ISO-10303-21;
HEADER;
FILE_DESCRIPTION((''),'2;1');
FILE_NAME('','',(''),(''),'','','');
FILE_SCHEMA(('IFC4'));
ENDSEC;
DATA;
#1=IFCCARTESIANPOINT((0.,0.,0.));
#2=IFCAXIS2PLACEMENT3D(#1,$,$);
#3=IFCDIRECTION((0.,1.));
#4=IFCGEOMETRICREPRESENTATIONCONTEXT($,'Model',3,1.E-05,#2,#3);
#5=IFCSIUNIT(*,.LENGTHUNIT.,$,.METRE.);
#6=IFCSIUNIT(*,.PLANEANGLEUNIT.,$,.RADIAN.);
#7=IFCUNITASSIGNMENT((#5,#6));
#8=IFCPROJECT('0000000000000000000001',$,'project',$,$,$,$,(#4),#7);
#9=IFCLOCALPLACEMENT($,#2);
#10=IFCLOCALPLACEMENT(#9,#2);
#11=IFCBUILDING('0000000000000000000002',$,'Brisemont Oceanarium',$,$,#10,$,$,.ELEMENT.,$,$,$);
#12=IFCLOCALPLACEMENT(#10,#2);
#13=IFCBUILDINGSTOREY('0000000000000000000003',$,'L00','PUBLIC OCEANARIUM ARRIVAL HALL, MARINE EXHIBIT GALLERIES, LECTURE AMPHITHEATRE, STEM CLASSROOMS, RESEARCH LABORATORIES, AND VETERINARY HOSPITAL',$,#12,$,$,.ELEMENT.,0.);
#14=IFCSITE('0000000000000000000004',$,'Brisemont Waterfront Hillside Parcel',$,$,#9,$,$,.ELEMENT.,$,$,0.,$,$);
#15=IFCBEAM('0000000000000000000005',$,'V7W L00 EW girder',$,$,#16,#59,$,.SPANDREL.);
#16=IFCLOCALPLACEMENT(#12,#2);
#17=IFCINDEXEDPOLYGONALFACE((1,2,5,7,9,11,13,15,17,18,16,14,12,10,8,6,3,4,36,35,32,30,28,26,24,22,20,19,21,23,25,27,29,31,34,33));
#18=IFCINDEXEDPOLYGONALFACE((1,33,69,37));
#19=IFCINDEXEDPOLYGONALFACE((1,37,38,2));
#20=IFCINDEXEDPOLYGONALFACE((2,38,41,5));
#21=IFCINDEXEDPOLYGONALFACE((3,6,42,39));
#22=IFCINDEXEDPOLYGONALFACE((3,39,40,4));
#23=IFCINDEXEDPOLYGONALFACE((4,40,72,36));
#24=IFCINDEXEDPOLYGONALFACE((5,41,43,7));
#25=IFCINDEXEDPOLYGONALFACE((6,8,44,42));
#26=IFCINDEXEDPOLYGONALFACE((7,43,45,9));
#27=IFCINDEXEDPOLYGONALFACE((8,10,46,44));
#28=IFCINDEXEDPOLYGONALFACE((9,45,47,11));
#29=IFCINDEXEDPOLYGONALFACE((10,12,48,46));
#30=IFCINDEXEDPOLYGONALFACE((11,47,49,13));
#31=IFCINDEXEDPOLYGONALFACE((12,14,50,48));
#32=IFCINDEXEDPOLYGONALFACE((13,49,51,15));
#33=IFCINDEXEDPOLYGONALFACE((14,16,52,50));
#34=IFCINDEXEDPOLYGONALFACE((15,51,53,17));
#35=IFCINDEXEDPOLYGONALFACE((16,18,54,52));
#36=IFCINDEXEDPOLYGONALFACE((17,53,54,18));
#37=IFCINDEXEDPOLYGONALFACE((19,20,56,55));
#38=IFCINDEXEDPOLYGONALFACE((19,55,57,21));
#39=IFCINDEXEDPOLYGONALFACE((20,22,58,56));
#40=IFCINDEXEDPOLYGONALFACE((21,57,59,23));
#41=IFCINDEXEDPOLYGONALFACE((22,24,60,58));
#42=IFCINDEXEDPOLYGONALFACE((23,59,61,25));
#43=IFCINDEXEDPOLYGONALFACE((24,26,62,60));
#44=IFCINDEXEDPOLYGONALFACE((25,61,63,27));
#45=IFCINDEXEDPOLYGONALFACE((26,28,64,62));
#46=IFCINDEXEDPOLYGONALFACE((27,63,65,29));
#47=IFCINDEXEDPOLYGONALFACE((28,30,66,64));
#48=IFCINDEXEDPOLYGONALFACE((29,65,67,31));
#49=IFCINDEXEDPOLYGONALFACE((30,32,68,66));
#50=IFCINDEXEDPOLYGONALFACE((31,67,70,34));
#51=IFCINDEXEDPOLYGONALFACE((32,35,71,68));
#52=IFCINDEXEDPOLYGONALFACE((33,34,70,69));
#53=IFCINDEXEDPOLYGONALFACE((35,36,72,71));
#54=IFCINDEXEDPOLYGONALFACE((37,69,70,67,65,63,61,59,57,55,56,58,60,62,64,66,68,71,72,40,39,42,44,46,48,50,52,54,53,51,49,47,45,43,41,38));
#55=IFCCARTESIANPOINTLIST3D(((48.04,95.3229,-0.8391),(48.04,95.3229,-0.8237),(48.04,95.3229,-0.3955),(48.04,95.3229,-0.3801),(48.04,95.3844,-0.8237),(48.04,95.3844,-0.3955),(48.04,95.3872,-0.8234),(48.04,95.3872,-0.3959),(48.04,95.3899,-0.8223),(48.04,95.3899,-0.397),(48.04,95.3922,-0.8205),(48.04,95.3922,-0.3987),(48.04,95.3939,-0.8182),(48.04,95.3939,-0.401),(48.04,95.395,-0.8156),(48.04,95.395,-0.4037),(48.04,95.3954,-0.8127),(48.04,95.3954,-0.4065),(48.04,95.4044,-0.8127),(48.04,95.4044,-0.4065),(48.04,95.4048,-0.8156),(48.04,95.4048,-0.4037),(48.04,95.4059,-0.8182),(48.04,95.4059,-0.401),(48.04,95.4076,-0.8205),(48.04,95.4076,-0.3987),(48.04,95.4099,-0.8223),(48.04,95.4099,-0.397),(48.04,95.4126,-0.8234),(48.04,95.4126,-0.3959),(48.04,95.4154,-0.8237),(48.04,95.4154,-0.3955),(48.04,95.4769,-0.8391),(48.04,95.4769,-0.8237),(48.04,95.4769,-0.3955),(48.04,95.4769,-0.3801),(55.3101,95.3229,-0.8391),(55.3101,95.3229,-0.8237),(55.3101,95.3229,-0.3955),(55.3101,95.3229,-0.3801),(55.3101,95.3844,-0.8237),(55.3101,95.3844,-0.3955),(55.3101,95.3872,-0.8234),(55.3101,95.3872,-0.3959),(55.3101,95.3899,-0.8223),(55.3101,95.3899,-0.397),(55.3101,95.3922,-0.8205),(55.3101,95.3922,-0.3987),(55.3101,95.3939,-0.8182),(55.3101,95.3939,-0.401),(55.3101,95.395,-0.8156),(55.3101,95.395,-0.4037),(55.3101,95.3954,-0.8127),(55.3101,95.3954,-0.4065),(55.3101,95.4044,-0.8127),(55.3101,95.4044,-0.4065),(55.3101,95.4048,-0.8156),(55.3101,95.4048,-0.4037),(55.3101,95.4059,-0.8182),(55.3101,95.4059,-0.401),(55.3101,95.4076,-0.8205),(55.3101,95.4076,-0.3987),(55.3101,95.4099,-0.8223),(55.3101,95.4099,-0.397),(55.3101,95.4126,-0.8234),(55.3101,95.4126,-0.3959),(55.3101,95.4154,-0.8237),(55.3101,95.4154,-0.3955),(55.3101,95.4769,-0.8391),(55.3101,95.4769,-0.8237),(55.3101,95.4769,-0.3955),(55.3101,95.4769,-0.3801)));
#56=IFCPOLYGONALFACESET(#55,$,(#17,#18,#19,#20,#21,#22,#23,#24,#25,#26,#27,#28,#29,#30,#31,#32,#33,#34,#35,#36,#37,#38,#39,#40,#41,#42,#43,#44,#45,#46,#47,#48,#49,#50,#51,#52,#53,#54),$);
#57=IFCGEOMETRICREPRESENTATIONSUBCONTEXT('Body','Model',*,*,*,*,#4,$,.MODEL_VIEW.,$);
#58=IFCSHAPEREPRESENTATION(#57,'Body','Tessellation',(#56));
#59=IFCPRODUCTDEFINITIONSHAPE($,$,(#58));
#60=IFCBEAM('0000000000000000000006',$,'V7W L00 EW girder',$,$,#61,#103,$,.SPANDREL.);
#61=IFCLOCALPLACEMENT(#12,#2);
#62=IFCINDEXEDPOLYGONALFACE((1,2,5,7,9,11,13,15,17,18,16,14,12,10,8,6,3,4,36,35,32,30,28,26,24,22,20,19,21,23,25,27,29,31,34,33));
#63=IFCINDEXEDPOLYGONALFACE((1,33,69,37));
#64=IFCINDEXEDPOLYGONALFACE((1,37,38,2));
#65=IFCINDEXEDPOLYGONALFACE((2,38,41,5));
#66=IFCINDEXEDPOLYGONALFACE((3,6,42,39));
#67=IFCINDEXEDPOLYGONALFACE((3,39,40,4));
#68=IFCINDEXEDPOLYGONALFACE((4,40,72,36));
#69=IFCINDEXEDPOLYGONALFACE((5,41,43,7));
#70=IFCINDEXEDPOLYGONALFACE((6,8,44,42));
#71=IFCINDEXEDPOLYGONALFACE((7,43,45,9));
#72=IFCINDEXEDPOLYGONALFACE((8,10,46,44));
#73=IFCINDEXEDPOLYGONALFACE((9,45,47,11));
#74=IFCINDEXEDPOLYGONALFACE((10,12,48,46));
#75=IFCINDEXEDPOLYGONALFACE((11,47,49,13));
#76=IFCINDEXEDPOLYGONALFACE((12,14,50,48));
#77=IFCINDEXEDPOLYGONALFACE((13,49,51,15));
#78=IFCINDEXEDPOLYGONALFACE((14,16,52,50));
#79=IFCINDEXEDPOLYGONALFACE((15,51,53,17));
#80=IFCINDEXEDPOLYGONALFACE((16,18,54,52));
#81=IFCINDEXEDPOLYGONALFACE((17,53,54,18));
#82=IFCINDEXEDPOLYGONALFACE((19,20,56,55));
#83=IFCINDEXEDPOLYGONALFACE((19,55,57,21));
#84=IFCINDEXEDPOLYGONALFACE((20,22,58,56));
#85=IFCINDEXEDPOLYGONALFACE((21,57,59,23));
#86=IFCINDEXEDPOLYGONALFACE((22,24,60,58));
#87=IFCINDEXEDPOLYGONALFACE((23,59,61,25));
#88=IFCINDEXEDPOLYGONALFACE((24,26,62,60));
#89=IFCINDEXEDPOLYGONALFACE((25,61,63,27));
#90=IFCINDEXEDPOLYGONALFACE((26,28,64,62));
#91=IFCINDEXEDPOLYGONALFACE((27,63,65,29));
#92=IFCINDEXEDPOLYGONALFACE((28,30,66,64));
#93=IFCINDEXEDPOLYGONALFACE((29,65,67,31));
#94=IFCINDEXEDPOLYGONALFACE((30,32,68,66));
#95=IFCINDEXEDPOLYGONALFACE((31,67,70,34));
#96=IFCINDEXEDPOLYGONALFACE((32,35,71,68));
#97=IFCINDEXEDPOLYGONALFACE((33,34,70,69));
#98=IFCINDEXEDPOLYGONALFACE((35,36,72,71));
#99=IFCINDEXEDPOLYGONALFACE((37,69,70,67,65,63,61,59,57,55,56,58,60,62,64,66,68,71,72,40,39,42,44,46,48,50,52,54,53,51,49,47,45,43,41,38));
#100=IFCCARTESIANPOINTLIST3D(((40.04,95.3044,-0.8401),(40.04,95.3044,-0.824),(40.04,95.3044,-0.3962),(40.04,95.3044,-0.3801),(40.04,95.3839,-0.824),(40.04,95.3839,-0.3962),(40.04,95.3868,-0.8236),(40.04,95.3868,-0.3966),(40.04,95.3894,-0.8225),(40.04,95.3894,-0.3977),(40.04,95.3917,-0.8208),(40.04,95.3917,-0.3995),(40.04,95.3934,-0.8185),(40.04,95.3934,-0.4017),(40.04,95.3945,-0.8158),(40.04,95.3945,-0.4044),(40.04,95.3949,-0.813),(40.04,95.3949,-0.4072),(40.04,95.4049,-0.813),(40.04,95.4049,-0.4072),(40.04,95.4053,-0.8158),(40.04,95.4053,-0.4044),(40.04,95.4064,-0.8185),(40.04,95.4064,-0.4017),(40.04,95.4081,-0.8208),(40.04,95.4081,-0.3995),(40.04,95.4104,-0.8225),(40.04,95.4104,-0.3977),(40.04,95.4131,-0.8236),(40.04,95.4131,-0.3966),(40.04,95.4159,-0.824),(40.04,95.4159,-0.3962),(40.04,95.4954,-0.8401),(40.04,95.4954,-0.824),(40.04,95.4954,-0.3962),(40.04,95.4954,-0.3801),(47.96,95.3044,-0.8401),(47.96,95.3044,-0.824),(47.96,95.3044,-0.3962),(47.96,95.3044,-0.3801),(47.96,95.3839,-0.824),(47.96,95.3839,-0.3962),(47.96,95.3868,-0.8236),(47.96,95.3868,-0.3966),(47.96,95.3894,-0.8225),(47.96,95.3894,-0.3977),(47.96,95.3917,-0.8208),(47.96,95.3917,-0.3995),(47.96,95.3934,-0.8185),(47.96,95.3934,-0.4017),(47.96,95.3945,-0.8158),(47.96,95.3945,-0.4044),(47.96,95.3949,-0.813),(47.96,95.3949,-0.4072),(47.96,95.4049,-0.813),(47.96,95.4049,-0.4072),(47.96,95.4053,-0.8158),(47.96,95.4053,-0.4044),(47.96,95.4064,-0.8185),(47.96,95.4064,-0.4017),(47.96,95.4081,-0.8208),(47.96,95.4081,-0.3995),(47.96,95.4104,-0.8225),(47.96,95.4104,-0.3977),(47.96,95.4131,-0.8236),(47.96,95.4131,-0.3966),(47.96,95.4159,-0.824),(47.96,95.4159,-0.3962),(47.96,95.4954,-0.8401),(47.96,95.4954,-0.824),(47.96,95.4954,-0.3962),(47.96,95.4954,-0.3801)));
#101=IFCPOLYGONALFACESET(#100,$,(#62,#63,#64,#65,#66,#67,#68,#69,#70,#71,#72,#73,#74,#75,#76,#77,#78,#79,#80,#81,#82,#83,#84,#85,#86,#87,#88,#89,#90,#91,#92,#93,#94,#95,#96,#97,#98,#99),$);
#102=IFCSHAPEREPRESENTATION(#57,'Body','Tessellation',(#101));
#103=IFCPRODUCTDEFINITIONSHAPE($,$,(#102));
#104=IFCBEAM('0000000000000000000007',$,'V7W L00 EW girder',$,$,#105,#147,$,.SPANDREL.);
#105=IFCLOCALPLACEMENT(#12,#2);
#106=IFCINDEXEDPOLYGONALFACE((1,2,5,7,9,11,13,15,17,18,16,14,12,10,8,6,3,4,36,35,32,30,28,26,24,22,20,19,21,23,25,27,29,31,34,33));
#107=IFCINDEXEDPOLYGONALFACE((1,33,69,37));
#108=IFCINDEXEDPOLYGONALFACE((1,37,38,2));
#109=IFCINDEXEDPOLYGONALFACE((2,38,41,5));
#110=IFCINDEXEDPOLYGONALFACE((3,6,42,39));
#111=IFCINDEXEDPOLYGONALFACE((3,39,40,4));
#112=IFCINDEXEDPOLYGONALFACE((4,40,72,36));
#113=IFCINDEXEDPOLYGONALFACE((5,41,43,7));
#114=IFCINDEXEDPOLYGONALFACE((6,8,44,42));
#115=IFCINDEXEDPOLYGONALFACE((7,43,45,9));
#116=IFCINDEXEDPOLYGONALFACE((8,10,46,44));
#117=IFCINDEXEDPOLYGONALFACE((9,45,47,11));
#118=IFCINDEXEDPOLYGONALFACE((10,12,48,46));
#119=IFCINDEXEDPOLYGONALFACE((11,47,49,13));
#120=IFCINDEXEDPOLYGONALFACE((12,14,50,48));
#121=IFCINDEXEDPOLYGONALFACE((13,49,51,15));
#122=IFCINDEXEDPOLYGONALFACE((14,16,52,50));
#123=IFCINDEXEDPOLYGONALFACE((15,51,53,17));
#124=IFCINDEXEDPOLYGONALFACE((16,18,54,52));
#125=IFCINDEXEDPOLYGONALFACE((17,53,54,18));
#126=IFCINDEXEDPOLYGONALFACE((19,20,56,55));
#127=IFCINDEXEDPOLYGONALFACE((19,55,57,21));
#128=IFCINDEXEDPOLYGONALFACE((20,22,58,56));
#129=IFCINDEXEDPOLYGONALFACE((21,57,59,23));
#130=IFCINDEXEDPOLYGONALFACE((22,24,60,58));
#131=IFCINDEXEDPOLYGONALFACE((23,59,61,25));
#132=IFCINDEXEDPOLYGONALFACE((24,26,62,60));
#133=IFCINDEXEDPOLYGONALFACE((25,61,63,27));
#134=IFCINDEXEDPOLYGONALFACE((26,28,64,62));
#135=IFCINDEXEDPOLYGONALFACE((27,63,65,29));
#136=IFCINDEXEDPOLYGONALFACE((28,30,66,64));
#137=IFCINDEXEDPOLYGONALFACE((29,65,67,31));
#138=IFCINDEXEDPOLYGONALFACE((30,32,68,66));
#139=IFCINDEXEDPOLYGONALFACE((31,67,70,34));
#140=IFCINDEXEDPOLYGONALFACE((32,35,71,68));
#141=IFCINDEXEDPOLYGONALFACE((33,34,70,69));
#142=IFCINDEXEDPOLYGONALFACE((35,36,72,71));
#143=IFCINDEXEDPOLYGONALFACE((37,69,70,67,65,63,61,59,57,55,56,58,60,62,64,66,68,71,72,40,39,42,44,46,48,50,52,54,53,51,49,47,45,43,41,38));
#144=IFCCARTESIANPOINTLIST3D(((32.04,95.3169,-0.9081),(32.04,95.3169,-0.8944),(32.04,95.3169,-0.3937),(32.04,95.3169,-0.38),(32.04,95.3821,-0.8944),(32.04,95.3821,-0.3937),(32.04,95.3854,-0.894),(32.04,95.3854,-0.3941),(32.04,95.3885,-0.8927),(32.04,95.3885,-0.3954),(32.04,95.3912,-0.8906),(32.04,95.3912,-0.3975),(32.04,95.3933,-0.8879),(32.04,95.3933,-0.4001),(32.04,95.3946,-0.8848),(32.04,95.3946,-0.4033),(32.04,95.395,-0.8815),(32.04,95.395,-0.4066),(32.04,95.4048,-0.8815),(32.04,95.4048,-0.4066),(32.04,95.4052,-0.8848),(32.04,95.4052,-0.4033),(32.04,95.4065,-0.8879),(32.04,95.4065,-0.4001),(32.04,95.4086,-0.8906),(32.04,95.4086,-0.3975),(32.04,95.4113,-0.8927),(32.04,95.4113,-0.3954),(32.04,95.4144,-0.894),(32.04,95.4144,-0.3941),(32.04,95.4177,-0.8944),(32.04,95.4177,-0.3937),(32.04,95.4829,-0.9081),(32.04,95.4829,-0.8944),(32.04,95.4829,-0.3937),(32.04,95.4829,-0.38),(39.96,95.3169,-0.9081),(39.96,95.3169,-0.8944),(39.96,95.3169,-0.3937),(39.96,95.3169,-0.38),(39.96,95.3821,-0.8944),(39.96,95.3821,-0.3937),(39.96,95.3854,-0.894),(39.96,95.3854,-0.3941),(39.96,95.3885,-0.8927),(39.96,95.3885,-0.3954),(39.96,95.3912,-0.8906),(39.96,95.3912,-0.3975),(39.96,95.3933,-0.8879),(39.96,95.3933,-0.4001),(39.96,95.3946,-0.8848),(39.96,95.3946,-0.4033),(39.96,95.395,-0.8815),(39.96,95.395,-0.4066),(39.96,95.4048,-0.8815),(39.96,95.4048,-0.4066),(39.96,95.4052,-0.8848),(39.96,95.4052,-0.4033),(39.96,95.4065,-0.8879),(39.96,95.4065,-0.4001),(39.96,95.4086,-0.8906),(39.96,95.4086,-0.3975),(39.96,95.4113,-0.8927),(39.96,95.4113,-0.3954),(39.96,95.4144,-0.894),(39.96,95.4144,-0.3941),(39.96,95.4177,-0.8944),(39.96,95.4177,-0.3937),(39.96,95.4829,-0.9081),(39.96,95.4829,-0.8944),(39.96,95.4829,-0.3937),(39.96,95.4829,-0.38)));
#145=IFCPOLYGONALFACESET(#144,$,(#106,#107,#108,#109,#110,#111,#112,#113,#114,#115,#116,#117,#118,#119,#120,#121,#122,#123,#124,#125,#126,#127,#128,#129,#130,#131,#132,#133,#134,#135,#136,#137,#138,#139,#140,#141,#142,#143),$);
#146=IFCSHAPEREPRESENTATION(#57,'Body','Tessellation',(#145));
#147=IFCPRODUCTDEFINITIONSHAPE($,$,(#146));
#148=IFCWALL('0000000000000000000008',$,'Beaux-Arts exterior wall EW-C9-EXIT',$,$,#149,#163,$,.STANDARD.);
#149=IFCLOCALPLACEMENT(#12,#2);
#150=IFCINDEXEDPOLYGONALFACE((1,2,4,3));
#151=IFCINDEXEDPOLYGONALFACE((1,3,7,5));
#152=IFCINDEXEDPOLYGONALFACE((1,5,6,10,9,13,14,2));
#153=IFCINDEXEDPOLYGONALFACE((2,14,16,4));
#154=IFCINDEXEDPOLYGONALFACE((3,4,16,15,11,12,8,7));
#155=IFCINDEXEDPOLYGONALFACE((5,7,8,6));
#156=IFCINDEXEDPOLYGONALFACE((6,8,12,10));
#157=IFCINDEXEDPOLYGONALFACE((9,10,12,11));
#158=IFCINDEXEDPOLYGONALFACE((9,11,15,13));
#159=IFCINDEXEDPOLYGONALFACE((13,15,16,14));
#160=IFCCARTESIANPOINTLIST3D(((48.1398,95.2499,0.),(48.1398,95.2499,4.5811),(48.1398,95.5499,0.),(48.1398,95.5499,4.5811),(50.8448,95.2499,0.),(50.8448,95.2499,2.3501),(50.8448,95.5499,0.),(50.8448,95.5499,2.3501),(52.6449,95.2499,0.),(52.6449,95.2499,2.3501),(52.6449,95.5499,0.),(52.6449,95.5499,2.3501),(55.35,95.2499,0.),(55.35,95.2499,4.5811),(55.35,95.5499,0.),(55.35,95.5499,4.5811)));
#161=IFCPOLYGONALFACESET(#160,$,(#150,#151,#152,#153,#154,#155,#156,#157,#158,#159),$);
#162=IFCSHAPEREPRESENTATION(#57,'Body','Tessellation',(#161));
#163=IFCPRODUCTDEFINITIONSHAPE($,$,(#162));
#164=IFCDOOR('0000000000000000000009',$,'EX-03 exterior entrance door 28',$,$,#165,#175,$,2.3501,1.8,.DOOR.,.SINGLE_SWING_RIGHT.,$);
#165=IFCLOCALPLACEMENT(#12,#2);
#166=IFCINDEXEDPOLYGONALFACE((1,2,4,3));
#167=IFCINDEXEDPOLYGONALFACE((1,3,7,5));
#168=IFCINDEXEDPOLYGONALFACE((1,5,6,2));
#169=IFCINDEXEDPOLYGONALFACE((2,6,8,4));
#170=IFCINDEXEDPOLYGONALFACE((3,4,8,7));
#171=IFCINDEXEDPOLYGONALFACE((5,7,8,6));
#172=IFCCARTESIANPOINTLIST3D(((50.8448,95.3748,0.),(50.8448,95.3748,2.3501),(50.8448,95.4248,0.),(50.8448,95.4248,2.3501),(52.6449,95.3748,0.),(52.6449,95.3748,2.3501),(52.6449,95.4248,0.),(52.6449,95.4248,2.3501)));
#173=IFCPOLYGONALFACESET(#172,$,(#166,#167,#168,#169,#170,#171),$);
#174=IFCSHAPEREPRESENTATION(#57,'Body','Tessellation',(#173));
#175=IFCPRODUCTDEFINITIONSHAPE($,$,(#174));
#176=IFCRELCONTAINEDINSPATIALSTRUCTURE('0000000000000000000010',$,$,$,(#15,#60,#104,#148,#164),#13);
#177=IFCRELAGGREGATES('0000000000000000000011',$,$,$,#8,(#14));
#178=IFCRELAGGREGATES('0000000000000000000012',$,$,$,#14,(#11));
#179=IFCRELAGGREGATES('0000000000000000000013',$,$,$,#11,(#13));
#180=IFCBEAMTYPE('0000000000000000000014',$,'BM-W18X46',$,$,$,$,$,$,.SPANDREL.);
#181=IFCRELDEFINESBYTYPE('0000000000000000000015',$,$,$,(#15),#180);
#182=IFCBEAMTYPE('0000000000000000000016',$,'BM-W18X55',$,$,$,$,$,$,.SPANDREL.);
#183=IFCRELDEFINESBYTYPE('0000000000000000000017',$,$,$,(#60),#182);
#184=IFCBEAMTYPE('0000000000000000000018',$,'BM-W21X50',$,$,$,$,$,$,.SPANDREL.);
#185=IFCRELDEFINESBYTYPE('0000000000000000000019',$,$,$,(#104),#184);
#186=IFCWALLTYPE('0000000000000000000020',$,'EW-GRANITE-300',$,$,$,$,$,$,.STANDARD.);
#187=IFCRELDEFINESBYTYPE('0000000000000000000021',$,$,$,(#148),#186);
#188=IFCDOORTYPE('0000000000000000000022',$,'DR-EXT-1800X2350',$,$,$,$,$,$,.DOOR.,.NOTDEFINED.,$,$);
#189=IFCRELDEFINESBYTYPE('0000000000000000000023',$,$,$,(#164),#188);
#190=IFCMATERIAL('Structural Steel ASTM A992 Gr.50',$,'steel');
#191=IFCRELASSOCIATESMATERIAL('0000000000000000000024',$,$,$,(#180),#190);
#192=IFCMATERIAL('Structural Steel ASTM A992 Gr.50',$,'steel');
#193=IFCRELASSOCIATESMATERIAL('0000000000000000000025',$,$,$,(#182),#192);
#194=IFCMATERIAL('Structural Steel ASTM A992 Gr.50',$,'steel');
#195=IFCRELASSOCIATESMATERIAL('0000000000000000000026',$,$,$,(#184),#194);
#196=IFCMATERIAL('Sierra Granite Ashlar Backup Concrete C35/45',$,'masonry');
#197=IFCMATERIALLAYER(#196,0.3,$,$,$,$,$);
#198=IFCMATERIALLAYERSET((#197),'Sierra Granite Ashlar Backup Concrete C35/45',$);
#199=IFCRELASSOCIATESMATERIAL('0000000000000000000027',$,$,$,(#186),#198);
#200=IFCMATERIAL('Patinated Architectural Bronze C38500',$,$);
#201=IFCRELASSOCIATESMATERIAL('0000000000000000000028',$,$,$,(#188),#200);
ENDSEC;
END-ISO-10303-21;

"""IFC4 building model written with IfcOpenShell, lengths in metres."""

from ifc_helpers import new_model, si_unit, direction, frame, frame_2d, origin, origin_2d, place, context, subcontext, project, spatial, rectangle, i_section, extrude, material, layer, layer_set, material_profile, profile_set, type_object, element, fill, save


model = new_model("IFC4")

# Units and contexts
model_context = context("Model", 3, precision=1e-05, world=origin(), true_north=direction((0.0, 1.0)))
body_context = subcontext(model_context, "Body", "Model", "MODEL_VIEW")
ifc_project = project(units=[si_unit("LENGTHUNIT", "METRE"), si_unit("PLANEANGLEUNIT", "RADIAN")], contexts=[model_context])

# Site, building, storey
site_placement = place(None, origin())
site = spatial("IfcSite", under=ifc_project, at=site_placement, Name="Brisemont Waterfront Hillside Parcel", CompositionType="ELEMENT", RefElevation=0.0)
building_placement = place(site_placement, origin())
building = spatial("IfcBuilding", under=site, at=building_placement, Name="Brisemont Oceanarium", CompositionType="ELEMENT")
storey_placement = place(building_placement, origin())
storey = spatial("IfcBuildingStorey", under=building, at=storey_placement, Name="L00", Description="PUBLIC OCEANARIUM ARRIVAL HALL, MARINE EXHIBIT GALLERIES, LECTURE AMPHITHEATRE, STEM CLASSROOMS, RESEARCH LABORATORIES, AND VETERINARY HOSPITAL", CompositionType="ELEMENT", Elevation=0.0)

# Beams
ifc_material_1 = material(Name="Structural Steel ASTM A992 Gr.50", Category="steel")
ifc_material_profile_1 = material_profile(ifc_material_1, i_section(OverallWidth=0.1541, OverallDepth=0.459, WebThickness=0.009, FlangeThickness=0.0154, FilletRadius=0.011, at=origin_2d()), Name="W18X46")
ifc_profile_set_1 = profile_set([ifc_material_profile_1], Name="Structural Steel ASTM A992 Gr.50")
beam_type_1 = type_object("IfcBeamType", Name="BM-W18X46", PredefinedType="SPANDREL", material=ifc_profile_set_1)
beam_1_placement = place(storey_placement, frame((48.04, 95.3999, -0.6096), z_axis=(1.0, 0.0, 0.0), x_axis=(0.0, 1.0, 0.0)))
element("IfcBeam", 1, at=beam_1_placement, inside=storey, type_object=beam_type_1, Name="V7W L00 EW girder", PredefinedType="SPANDREL", context=body_context, shape_type="SweptSolid", body=[
    extrude(i_section(OverallWidth=0.1541, OverallDepth=0.459, WebThickness=0.009, FlangeThickness=0.0154, FilletRadius=0.011, at=origin_2d()), origin(), (0.0, 0.0, 1.0), 7.27),
])
ifc_material_2 = material(Name="Structural Steel ASTM A992 Gr.50", Category="steel")
ifc_material_profile_2 = material_profile(ifc_material_2, i_section(OverallWidth=0.1909, OverallDepth=0.46, WebThickness=0.01, FlangeThickness=0.0161, FilletRadius=0.011, at=origin_2d()), Name="W18X55")
ifc_profile_set_2 = profile_set([ifc_material_profile_2], Name="Structural Steel ASTM A992 Gr.50")
beam_type_2 = type_object("IfcBeamType", Name="BM-W18X55", PredefinedType="SPANDREL", material=ifc_profile_set_2)
beam_2_placement = place(storey_placement, frame((40.04, 95.3999, -0.6101), z_axis=(1.0, 0.0, 0.0), x_axis=(0.0, 1.0, 0.0)))
element("IfcBeam", 2, at=beam_2_placement, inside=storey, type_object=beam_type_2, Name="V7W L00 EW girder", PredefinedType="SPANDREL", context=body_context, shape_type="SweptSolid", body=[
    extrude(i_section(OverallWidth=0.1909, OverallDepth=0.46, WebThickness=0.01, FlangeThickness=0.0161, FilletRadius=0.011, at=origin_2d()), origin(), (0.0, 0.0, 1.0), 7.9199),
])
ifc_material_3 = material(Name="Structural Steel ASTM A992 Gr.50", Category="steel")
ifc_material_profile_3 = material_profile(ifc_material_3, i_section(OverallWidth=0.166, OverallDepth=0.5281, WebThickness=0.0098, FlangeThickness=0.0137, FilletRadius=0.0129, at=origin_2d()), Name="W21X50")
ifc_profile_set_3 = profile_set([ifc_material_profile_3], Name="Structural Steel ASTM A992 Gr.50")
beam_type_3 = type_object("IfcBeamType", Name="BM-W21X50", PredefinedType="SPANDREL", material=ifc_profile_set_3)
beam_3_placement = place(storey_placement, frame((32.04, 95.3999, -0.644), z_axis=(1.0, 0.0, 0.0), x_axis=(0.0, 1.0, 0.0)))
element("IfcBeam", 3, at=beam_3_placement, inside=storey, type_object=beam_type_3, Name="V7W L00 EW girder", PredefinedType="SPANDREL", context=body_context, shape_type="SweptSolid", body=[
    extrude(i_section(OverallWidth=0.166, OverallDepth=0.5281, WebThickness=0.0098, FlangeThickness=0.0137, FilletRadius=0.0129, at=origin_2d()), origin(), (0.0, 0.0, 1.0), 7.9199),
])

# Wall, opening, door
ifc_material_4 = material(Name="Sierra Granite Ashlar Backup Concrete C35/45", Category="masonry")
ifc_layer_1 = layer(ifc_material_4, 0.3)
ifc_layer_set_1 = layer_set([ifc_layer_1], Name="Sierra Granite Ashlar Backup Concrete C35/45")
wall_type_1 = type_object("IfcWallType", Name="EW-GRANITE-300", PredefinedType="STANDARD", material=ifc_layer_set_1)
wall_1_placement = place(storey_placement, frame((48.1399, 95.3999, 0.0), z_axis=(0.0, 0.0, 1.0), x_axis=(1.0, 0.0, 0.0)))
wall_1 = element("IfcWall", 4, at=wall_1_placement, inside=storey, type_object=wall_type_1, Name="Beaux-Arts exterior wall EW-C9-EXIT", PredefinedType="STANDARD", context=body_context, shape_type="SweptSolid", body=[
    extrude(rectangle(XDim=7.2102, YDim=0.3, at=frame_2d((3.605, 0.0))), origin(), (0.0, 0.0, 1.0), 4.5811),
])
opening_1_placement = place(wall_1_placement, frame((2.7051, 0.0, 0.0)))
opening_1 = element("IfcOpeningElement", 5, at=opening_1_placement, cuts=wall_1, PredefinedType="OPENING", context=body_context, shape_type="SweptSolid", body=[
    extrude(rectangle(XDim=1.8, YDim=2.3501, at=frame_2d((0.8999, 1.175))), frame((0.0, 0.1599, 0.0), z_axis=(0.0, -1.0, 0.0), x_axis=(1.0, 0.0, 0.0)), (0.0, 0.0, 1.0), 0.3201),
])
ifc_material_5 = material(Name="Patinated Architectural Bronze C38500")
door_type_1 = type_object("IfcDoorType", Name="DR-EXT-1800X2350", OperationType="NOTDEFINED", PredefinedType="DOOR", material=ifc_material_5)
door_1_placement = place(opening_1_placement, origin())
door_1 = element("IfcDoor", 6, at=door_1_placement, inside=storey, type_object=door_type_1, Name="EX-03 exterior entrance door 28", OperationType="SINGLE_SWING_RIGHT", OverallHeight=2.3501, OverallWidth=1.8, PredefinedType="DOOR", context=body_context, shape_type="SweptSolid", body=[
    extrude(rectangle(XDim=1.8, YDim=2.3501, at=frame_2d((0.8999, 1.175))), frame((0.0, 0.0249, 0.0), z_axis=(0.0, -1.0, 0.0), x_axis=(1.0, 0.0, 0.0)), (0.0, 0.0, 1.0), 0.05),
])
fill(opening_1, door_1)

save(model, "model.ifc")
